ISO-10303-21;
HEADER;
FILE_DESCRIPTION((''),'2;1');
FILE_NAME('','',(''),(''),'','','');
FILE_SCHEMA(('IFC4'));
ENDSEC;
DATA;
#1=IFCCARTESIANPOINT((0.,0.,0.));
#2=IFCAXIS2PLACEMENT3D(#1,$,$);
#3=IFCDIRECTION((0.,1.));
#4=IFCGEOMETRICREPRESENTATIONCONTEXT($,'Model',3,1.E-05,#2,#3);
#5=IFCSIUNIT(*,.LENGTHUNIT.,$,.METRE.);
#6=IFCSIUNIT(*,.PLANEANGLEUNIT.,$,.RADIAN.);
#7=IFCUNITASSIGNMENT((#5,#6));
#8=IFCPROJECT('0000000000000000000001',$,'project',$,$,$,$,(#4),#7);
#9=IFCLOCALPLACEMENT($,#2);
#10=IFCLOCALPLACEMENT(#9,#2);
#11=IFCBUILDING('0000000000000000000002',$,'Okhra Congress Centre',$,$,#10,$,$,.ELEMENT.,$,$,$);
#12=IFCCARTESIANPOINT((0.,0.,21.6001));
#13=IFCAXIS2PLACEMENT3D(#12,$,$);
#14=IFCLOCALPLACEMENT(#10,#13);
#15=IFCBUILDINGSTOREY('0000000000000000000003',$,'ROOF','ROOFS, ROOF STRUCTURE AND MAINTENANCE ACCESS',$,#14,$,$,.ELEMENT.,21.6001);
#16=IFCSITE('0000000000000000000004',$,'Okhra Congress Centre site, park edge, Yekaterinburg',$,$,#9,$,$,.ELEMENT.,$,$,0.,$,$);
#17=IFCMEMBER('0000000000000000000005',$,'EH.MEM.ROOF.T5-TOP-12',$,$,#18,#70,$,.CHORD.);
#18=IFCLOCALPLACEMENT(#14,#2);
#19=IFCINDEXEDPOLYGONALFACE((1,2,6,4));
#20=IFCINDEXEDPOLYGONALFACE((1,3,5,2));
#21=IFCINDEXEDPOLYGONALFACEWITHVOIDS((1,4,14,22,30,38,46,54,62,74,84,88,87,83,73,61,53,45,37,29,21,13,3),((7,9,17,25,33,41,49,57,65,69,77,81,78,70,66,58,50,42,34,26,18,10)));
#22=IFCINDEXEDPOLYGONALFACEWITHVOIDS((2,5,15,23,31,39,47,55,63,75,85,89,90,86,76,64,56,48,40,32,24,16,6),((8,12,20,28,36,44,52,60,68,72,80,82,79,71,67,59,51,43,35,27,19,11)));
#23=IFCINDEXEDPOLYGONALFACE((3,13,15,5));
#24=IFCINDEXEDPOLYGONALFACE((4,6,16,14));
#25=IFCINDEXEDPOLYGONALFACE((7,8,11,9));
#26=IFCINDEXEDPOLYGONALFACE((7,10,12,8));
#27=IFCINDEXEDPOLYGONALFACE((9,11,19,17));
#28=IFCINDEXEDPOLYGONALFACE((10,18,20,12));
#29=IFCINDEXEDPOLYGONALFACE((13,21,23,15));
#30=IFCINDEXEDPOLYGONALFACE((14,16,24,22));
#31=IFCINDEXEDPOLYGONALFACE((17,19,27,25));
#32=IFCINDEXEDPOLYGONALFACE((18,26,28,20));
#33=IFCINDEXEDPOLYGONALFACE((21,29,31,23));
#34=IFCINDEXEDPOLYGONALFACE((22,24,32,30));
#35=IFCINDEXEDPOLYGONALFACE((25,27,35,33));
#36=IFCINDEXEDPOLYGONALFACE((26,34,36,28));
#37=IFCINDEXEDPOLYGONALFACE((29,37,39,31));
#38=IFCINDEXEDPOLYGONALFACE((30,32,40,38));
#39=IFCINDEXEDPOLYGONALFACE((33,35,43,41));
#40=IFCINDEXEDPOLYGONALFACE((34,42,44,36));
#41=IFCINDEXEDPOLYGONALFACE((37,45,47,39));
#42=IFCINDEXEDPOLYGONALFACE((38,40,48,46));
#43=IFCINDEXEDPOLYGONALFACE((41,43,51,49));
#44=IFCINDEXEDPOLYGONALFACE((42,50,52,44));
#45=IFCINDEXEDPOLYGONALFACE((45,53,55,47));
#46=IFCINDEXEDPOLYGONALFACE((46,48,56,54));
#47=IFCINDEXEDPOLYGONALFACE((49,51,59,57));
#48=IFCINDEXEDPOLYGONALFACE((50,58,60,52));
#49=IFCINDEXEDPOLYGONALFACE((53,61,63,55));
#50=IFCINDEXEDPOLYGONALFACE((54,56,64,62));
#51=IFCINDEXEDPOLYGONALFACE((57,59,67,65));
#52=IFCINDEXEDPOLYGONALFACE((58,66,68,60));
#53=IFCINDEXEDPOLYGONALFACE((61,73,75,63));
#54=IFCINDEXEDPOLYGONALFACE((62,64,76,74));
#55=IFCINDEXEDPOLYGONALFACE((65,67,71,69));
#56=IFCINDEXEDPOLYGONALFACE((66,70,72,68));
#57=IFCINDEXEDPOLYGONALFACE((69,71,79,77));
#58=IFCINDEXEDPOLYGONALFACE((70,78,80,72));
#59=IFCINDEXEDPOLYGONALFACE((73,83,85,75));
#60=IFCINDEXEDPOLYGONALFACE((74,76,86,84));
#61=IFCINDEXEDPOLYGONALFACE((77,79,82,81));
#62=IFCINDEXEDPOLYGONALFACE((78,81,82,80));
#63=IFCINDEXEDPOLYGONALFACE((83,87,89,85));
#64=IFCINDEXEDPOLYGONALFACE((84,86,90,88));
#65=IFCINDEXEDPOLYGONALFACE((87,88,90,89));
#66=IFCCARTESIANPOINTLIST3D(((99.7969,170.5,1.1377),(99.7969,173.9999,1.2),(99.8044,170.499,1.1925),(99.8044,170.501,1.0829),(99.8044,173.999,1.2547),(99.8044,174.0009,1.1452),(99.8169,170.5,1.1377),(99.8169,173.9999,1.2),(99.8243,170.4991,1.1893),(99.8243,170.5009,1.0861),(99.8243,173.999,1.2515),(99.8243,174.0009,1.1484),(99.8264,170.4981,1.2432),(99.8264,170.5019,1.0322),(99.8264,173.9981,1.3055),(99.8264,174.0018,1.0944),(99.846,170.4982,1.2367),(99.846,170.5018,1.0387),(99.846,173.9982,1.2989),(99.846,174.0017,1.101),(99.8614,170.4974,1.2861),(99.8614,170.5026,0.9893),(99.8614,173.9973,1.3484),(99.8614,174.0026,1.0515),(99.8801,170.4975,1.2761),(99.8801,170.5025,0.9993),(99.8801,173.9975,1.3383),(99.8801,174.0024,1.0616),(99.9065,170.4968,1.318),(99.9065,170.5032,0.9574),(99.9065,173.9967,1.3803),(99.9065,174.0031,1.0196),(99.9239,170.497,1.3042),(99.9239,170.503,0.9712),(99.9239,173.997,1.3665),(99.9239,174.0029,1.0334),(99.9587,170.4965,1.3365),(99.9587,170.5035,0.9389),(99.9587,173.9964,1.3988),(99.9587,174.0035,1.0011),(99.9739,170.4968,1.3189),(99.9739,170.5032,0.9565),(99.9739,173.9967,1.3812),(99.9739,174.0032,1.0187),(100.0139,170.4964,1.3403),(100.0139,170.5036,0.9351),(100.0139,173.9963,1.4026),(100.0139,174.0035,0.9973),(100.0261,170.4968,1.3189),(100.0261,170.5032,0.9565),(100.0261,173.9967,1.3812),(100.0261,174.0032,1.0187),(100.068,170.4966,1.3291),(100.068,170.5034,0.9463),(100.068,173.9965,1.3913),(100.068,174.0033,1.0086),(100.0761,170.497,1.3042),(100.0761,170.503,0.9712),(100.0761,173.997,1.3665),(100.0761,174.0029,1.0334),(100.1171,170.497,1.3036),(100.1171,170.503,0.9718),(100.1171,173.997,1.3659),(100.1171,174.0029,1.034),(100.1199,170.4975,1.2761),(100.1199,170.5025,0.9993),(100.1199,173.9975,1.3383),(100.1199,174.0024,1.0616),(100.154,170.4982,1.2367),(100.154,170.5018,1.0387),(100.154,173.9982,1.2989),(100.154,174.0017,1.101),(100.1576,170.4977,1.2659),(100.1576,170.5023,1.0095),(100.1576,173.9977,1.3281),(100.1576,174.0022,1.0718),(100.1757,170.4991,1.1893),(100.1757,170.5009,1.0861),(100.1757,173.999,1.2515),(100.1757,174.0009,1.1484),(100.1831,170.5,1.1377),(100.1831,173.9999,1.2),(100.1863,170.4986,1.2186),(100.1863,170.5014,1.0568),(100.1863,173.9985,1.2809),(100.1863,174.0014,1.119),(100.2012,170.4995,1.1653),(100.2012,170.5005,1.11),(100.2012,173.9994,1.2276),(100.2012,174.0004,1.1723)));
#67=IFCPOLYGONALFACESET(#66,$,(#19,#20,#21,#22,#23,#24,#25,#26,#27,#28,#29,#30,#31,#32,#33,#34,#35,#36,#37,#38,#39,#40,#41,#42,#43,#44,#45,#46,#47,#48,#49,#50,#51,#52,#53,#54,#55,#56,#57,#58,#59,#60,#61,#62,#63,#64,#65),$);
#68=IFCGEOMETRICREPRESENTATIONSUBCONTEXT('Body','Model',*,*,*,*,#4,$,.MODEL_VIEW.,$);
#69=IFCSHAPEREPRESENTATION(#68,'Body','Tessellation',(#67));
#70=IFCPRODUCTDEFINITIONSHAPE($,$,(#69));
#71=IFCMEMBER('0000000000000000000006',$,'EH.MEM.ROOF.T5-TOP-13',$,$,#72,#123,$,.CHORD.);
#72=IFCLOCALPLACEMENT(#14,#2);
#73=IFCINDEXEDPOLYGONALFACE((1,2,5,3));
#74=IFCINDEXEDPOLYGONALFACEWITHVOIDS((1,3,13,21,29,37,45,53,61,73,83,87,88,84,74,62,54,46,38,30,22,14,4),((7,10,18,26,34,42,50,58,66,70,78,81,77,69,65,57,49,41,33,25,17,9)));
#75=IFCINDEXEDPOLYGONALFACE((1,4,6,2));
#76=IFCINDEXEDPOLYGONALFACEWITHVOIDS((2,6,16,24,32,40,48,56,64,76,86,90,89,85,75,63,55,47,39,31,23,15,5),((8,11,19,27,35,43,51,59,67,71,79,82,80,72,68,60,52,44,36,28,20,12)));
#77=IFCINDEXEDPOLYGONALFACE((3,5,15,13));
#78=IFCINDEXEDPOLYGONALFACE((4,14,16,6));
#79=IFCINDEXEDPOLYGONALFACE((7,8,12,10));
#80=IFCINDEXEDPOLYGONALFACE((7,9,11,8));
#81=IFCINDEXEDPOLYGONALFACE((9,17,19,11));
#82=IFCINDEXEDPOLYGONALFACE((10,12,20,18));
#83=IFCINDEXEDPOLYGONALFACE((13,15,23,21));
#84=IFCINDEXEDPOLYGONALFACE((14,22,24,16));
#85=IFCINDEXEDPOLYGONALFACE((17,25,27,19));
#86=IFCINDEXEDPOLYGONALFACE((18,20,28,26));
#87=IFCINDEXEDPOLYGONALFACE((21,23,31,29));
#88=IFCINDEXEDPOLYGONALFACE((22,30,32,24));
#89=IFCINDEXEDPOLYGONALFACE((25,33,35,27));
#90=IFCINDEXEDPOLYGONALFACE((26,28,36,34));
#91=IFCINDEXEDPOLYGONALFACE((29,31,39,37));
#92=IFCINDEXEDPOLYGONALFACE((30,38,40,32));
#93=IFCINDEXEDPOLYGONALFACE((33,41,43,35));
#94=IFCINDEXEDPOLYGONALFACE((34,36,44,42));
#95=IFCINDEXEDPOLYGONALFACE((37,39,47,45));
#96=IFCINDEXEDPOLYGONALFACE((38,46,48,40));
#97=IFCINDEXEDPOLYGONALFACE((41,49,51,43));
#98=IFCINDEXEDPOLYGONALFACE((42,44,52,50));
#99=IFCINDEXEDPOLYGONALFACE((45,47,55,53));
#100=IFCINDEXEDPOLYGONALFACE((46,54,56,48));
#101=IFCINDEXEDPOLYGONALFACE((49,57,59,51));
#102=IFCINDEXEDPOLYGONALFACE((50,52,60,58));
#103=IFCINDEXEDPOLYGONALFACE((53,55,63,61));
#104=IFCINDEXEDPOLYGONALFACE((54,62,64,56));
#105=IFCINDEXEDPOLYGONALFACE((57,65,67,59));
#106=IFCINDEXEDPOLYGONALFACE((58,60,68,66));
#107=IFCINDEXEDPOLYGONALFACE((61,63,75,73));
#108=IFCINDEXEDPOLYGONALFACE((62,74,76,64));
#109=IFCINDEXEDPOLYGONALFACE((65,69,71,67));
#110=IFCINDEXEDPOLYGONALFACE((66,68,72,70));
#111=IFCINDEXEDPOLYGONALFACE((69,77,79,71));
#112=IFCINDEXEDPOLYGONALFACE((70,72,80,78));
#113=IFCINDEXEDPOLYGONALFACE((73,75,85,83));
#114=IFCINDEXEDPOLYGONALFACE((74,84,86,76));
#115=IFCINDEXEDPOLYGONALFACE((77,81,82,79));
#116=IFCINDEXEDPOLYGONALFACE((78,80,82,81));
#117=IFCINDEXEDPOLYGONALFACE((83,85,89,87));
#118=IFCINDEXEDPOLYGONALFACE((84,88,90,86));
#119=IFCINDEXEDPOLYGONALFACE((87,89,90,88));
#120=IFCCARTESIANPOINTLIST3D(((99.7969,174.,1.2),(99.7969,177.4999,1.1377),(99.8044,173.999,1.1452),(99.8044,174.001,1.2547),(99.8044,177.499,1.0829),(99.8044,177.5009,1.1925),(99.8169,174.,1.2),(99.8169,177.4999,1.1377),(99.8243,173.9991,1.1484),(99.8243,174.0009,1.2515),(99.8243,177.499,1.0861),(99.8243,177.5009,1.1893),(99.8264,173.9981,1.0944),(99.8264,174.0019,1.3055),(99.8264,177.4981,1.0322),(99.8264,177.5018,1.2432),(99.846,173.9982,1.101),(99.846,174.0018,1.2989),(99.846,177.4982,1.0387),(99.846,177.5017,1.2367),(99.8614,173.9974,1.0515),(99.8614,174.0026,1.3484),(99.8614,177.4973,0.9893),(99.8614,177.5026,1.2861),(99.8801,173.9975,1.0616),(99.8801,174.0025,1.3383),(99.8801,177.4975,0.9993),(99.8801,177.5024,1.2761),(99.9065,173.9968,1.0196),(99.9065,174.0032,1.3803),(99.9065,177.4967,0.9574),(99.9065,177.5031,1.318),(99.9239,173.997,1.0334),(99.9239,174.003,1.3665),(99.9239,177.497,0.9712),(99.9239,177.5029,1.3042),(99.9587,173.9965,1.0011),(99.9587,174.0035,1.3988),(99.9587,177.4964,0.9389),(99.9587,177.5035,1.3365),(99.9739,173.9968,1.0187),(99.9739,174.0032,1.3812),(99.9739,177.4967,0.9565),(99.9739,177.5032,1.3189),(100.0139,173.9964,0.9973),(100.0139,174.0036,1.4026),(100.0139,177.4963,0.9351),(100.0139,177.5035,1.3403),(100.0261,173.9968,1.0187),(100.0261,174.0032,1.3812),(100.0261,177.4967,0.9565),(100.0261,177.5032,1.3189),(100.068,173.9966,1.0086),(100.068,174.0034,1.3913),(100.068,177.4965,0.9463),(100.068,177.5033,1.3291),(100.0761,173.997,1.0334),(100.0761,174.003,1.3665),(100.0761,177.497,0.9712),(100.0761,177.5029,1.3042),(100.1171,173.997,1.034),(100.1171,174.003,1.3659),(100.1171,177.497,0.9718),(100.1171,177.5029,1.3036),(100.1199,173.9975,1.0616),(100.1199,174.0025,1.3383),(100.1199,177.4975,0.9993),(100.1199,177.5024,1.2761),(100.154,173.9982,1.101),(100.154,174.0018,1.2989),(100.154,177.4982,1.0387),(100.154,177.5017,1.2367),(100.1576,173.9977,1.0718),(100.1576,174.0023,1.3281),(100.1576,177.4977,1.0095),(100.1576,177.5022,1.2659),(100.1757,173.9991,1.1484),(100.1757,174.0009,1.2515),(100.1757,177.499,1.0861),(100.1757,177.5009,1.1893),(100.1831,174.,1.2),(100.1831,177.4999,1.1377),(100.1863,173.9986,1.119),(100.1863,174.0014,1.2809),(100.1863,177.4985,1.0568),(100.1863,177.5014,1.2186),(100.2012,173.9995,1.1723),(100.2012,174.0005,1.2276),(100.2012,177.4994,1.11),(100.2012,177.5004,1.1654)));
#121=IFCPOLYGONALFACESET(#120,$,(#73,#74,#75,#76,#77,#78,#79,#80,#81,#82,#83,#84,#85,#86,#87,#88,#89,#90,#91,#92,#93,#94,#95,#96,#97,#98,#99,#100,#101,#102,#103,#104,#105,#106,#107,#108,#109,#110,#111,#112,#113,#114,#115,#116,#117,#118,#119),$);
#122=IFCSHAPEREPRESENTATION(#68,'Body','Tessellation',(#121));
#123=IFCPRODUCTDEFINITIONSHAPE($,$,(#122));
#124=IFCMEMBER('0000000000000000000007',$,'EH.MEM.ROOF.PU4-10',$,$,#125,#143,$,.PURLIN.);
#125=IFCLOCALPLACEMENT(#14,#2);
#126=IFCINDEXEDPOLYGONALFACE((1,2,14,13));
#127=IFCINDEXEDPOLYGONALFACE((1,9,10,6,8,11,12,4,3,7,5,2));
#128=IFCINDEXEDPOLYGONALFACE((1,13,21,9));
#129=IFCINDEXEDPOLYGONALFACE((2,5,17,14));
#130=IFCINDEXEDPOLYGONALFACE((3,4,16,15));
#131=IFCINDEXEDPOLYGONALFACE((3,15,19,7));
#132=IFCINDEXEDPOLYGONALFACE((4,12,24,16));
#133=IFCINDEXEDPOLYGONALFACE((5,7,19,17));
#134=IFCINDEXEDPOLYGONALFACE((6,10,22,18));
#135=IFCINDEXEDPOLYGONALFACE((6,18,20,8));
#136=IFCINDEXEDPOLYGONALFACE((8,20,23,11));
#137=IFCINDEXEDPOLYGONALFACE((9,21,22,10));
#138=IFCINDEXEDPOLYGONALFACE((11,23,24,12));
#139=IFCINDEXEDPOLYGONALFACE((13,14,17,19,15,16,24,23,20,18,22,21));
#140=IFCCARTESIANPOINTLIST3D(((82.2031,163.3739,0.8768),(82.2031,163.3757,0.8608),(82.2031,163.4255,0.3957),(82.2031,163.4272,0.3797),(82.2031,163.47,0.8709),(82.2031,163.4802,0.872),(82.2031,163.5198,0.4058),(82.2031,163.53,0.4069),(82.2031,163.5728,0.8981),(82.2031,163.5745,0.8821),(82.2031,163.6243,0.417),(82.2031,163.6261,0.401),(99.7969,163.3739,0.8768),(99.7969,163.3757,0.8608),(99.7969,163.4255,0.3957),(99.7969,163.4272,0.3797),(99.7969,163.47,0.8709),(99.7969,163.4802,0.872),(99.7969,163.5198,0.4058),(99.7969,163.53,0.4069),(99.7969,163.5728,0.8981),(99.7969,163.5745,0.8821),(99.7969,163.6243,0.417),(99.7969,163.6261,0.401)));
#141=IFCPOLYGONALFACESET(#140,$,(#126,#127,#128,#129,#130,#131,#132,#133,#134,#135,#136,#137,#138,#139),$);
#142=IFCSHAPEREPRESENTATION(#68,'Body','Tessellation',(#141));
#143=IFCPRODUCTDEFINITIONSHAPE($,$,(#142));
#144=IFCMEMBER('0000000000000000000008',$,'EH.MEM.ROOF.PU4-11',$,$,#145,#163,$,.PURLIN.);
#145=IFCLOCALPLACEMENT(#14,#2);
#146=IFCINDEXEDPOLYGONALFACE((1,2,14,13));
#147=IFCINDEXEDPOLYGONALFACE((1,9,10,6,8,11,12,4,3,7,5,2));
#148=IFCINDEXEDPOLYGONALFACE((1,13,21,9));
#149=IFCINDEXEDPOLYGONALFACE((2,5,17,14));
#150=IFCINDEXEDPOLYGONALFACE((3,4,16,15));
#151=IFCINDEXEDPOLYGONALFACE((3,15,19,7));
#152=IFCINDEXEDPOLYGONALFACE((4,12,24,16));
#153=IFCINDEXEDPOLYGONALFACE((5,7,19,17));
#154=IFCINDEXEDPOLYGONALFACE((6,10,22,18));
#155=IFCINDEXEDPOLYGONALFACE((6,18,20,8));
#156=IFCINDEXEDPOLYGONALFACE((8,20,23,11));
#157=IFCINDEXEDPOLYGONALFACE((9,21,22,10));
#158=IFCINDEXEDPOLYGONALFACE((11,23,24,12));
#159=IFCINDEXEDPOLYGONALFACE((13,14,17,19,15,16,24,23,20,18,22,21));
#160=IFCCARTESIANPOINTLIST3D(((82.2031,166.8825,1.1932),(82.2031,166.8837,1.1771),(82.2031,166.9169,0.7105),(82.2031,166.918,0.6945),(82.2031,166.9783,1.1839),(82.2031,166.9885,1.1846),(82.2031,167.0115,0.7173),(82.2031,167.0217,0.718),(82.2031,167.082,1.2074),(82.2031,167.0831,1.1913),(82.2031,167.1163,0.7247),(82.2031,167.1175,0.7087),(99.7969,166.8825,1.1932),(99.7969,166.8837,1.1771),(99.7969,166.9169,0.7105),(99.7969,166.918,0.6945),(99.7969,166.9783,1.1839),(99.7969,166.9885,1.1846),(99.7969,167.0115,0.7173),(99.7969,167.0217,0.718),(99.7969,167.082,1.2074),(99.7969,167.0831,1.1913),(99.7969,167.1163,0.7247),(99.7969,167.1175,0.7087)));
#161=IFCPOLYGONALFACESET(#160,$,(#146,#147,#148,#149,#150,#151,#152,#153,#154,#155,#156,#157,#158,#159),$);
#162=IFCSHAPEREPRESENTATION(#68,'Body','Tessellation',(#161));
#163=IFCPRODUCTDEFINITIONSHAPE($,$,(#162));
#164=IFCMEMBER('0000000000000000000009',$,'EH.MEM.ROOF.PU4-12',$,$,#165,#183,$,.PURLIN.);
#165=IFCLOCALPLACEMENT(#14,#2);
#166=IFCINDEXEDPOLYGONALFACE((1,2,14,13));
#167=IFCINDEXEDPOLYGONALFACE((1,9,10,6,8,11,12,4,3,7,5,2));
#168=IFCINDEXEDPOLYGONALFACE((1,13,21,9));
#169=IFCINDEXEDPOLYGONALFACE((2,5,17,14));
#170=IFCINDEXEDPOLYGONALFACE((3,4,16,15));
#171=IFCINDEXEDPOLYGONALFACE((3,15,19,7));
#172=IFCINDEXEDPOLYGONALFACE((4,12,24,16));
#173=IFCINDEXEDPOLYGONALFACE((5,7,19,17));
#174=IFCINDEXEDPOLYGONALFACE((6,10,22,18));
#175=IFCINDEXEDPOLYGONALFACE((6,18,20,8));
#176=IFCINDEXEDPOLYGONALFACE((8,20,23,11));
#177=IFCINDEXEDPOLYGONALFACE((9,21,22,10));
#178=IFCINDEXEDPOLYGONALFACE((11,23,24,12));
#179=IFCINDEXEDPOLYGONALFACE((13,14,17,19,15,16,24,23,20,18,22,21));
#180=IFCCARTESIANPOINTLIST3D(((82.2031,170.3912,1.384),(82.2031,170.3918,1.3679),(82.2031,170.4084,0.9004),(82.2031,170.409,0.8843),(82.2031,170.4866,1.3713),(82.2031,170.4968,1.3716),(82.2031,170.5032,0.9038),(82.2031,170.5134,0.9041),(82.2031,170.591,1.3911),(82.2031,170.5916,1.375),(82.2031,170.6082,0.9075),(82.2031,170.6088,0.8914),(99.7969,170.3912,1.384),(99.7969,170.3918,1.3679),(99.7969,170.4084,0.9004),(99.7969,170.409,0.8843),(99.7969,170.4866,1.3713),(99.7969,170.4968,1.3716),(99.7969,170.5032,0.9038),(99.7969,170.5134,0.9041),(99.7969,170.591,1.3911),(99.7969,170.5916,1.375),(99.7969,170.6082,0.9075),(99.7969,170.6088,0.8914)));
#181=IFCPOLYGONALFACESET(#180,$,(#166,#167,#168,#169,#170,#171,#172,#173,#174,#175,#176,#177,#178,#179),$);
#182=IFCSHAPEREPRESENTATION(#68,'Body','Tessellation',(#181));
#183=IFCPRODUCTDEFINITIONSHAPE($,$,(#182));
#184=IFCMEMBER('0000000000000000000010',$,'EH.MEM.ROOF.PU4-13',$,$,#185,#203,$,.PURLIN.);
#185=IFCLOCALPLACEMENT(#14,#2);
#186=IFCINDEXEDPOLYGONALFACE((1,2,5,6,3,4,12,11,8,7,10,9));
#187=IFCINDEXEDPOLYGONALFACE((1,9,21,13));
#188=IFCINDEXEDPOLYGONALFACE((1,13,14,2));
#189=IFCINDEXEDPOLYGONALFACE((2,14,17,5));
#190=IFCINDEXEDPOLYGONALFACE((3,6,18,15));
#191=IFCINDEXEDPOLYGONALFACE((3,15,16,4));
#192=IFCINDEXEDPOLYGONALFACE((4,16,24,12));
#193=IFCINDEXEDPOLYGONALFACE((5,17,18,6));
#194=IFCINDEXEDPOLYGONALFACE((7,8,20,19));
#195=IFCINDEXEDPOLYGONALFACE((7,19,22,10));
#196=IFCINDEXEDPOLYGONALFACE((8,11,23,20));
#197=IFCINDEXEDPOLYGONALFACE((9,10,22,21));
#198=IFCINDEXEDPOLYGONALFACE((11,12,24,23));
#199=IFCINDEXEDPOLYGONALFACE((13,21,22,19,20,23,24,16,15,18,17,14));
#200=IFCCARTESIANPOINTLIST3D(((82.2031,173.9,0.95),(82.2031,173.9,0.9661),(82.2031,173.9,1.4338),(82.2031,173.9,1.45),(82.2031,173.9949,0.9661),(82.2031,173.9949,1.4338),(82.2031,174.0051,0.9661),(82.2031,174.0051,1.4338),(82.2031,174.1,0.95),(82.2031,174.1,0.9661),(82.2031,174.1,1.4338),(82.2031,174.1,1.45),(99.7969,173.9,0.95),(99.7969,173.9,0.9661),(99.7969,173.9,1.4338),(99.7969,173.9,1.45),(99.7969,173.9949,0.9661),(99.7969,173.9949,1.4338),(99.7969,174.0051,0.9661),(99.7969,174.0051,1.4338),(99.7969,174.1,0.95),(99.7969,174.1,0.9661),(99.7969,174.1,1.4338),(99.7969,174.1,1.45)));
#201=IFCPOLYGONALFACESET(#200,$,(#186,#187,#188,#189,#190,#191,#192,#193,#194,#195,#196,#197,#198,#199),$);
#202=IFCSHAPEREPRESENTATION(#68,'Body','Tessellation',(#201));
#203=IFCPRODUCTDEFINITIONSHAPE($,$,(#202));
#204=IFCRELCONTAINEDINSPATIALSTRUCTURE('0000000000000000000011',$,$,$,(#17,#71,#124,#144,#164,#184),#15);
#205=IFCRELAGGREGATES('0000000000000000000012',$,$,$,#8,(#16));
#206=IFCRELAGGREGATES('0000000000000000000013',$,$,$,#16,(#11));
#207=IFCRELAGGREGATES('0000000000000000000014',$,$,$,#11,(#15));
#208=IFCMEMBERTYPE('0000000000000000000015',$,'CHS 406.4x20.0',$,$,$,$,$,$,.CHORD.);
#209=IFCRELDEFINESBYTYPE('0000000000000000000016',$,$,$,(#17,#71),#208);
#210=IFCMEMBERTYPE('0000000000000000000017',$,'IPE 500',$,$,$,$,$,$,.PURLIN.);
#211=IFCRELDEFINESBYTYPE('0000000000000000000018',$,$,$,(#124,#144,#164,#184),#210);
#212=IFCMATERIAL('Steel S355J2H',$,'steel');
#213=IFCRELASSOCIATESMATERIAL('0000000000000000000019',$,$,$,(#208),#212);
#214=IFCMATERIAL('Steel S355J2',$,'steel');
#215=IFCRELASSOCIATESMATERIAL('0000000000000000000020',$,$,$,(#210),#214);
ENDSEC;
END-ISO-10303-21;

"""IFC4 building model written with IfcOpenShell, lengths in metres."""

from ifc_helpers import new_model, si_unit, direction, frame, origin, origin_2d, place, context, subcontext, project, spatial, hollow_circle, i_section, extrude, material, material_profile, profile_set, type_object, element, save


model = new_model("IFC4")

# Units and contexts
model_context = context("Model", 3, precision=1e-05, world=origin(), true_north=direction((0.0, 1.0)))
body_context = subcontext(model_context, "Body", "Model", "MODEL_VIEW")
ifc_project = project(units=[si_unit("LENGTHUNIT", "METRE"), si_unit("PLANEANGLEUNIT", "RADIAN")], contexts=[model_context])

# Site, building, storey
site_placement = place(None, origin())
site = spatial("IfcSite", under=ifc_project, at=site_placement, Name="Okhra Congress Centre site, park edge, Yekaterinburg", CompositionType="ELEMENT", RefElevation=0.0)
building_placement = place(site_placement, origin())
building = spatial("IfcBuilding", under=site, at=building_placement, Name="Okhra Congress Centre", CompositionType="ELEMENT")
storey_placement = place(building_placement, frame((0.0, 0.0, 21.6001)))
storey = spatial("IfcBuildingStorey", under=building, at=storey_placement, Name="ROOF", Description="ROOFS, ROOF STRUCTURE AND MAINTENANCE ACCESS", CompositionType="ELEMENT", Elevation=21.6001)

# Members
ifc_material_1 = material(Name="Steel S355J2H", Category="steel")
ifc_material_profile_1 = material_profile(ifc_material_1, hollow_circle(Radius=0.2031, WallThickness=0.02, at=origin_2d()), Name="CHS 406.4x20.0")
ifc_profile_set_1 = profile_set([ifc_material_profile_1], Name="Steel S355J2H")
member_type_1 = type_object("IfcMemberType", Name="CHS 406.4x20.0", PredefinedType="CHORD", material=ifc_profile_set_1)
for number, where, z_axis, x_axis, name in (
    (1, (100.0, 170.5, 1.1377), (0.0, 0.999842, 0.017785), (-1.0, 0.0, 0.0), "EH.MEM.ROOF.T5-TOP-12"),
    (2, (100.0, 174.0, 1.2), (0.0, 0.999842, -0.017785), (-1.0, 0.0, 0.0), "EH.MEM.ROOF.T5-TOP-13"),
):
    element("IfcMember", number, at=place(storey_placement, frame(where, z_axis=z_axis, x_axis=x_axis)), inside=storey, type_object=member_type_1, Name=name, PredefinedType="CHORD", context=body_context, shape_type="SweptSolid", body=[
        extrude(hollow_circle(Radius=0.2031, WallThickness=0.02, at=origin_2d()), origin(), (0.0, 0.0, 1.0), 3.5005),
    ])
ifc_material_2 = material(Name="Steel S355J2", Category="steel")
ifc_material_profile_2 = material_profile(ifc_material_2, i_section(OverallWidth=0.2, OverallDepth=0.5, WebThickness=0.0103, FlangeThickness=0.0161, at=origin_2d()), Name="IPE 500")
ifc_profile_set_2 = profile_set([ifc_material_profile_2], Name="Steel S355J2")
member_type_2 = type_object("IfcMemberType", Name="IPE 500", PredefinedType="PURLIN", material=ifc_profile_set_2)
for number, where, z_axis, x_axis, name in (
    (3, (82.2031, 163.5, 0.6389), (1.0, 0.0, 0.0), (0.0, 0.994302, 0.106601), "EH.MEM.ROOF.PU4-10"),
    (4, (82.2031, 167.0, 0.9509), (1.0, 0.0, 0.0), (0.0, 0.997472, 0.071067), "EH.MEM.ROOF.PU4-11"),
    (5, (82.2031, 170.5, 1.1377), (1.0, 0.0, 0.0), (0.0, 0.999368, 0.035533), "EH.MEM.ROOF.PU4-12"),
    (6, (82.2031, 174.0, 1.2), (1.0, 0.0, 0.0), (0.0, 1.0, 0.0), "EH.MEM.ROOF.PU4-13"),
):
    element("IfcMember", number, at=place(storey_placement, frame(where, z_axis=z_axis, x_axis=x_axis)), inside=storey, type_object=member_type_2, Name=name, PredefinedType="PURLIN", context=body_context, shape_type="SweptSolid", body=[
        extrude(i_section(OverallWidth=0.2, OverallDepth=0.5, WebThickness=0.0103, FlangeThickness=0.0161, at=origin_2d()), origin(), (0.0, 0.0, 1.0), 17.5938),
    ])

save(model, "model.ifc")
